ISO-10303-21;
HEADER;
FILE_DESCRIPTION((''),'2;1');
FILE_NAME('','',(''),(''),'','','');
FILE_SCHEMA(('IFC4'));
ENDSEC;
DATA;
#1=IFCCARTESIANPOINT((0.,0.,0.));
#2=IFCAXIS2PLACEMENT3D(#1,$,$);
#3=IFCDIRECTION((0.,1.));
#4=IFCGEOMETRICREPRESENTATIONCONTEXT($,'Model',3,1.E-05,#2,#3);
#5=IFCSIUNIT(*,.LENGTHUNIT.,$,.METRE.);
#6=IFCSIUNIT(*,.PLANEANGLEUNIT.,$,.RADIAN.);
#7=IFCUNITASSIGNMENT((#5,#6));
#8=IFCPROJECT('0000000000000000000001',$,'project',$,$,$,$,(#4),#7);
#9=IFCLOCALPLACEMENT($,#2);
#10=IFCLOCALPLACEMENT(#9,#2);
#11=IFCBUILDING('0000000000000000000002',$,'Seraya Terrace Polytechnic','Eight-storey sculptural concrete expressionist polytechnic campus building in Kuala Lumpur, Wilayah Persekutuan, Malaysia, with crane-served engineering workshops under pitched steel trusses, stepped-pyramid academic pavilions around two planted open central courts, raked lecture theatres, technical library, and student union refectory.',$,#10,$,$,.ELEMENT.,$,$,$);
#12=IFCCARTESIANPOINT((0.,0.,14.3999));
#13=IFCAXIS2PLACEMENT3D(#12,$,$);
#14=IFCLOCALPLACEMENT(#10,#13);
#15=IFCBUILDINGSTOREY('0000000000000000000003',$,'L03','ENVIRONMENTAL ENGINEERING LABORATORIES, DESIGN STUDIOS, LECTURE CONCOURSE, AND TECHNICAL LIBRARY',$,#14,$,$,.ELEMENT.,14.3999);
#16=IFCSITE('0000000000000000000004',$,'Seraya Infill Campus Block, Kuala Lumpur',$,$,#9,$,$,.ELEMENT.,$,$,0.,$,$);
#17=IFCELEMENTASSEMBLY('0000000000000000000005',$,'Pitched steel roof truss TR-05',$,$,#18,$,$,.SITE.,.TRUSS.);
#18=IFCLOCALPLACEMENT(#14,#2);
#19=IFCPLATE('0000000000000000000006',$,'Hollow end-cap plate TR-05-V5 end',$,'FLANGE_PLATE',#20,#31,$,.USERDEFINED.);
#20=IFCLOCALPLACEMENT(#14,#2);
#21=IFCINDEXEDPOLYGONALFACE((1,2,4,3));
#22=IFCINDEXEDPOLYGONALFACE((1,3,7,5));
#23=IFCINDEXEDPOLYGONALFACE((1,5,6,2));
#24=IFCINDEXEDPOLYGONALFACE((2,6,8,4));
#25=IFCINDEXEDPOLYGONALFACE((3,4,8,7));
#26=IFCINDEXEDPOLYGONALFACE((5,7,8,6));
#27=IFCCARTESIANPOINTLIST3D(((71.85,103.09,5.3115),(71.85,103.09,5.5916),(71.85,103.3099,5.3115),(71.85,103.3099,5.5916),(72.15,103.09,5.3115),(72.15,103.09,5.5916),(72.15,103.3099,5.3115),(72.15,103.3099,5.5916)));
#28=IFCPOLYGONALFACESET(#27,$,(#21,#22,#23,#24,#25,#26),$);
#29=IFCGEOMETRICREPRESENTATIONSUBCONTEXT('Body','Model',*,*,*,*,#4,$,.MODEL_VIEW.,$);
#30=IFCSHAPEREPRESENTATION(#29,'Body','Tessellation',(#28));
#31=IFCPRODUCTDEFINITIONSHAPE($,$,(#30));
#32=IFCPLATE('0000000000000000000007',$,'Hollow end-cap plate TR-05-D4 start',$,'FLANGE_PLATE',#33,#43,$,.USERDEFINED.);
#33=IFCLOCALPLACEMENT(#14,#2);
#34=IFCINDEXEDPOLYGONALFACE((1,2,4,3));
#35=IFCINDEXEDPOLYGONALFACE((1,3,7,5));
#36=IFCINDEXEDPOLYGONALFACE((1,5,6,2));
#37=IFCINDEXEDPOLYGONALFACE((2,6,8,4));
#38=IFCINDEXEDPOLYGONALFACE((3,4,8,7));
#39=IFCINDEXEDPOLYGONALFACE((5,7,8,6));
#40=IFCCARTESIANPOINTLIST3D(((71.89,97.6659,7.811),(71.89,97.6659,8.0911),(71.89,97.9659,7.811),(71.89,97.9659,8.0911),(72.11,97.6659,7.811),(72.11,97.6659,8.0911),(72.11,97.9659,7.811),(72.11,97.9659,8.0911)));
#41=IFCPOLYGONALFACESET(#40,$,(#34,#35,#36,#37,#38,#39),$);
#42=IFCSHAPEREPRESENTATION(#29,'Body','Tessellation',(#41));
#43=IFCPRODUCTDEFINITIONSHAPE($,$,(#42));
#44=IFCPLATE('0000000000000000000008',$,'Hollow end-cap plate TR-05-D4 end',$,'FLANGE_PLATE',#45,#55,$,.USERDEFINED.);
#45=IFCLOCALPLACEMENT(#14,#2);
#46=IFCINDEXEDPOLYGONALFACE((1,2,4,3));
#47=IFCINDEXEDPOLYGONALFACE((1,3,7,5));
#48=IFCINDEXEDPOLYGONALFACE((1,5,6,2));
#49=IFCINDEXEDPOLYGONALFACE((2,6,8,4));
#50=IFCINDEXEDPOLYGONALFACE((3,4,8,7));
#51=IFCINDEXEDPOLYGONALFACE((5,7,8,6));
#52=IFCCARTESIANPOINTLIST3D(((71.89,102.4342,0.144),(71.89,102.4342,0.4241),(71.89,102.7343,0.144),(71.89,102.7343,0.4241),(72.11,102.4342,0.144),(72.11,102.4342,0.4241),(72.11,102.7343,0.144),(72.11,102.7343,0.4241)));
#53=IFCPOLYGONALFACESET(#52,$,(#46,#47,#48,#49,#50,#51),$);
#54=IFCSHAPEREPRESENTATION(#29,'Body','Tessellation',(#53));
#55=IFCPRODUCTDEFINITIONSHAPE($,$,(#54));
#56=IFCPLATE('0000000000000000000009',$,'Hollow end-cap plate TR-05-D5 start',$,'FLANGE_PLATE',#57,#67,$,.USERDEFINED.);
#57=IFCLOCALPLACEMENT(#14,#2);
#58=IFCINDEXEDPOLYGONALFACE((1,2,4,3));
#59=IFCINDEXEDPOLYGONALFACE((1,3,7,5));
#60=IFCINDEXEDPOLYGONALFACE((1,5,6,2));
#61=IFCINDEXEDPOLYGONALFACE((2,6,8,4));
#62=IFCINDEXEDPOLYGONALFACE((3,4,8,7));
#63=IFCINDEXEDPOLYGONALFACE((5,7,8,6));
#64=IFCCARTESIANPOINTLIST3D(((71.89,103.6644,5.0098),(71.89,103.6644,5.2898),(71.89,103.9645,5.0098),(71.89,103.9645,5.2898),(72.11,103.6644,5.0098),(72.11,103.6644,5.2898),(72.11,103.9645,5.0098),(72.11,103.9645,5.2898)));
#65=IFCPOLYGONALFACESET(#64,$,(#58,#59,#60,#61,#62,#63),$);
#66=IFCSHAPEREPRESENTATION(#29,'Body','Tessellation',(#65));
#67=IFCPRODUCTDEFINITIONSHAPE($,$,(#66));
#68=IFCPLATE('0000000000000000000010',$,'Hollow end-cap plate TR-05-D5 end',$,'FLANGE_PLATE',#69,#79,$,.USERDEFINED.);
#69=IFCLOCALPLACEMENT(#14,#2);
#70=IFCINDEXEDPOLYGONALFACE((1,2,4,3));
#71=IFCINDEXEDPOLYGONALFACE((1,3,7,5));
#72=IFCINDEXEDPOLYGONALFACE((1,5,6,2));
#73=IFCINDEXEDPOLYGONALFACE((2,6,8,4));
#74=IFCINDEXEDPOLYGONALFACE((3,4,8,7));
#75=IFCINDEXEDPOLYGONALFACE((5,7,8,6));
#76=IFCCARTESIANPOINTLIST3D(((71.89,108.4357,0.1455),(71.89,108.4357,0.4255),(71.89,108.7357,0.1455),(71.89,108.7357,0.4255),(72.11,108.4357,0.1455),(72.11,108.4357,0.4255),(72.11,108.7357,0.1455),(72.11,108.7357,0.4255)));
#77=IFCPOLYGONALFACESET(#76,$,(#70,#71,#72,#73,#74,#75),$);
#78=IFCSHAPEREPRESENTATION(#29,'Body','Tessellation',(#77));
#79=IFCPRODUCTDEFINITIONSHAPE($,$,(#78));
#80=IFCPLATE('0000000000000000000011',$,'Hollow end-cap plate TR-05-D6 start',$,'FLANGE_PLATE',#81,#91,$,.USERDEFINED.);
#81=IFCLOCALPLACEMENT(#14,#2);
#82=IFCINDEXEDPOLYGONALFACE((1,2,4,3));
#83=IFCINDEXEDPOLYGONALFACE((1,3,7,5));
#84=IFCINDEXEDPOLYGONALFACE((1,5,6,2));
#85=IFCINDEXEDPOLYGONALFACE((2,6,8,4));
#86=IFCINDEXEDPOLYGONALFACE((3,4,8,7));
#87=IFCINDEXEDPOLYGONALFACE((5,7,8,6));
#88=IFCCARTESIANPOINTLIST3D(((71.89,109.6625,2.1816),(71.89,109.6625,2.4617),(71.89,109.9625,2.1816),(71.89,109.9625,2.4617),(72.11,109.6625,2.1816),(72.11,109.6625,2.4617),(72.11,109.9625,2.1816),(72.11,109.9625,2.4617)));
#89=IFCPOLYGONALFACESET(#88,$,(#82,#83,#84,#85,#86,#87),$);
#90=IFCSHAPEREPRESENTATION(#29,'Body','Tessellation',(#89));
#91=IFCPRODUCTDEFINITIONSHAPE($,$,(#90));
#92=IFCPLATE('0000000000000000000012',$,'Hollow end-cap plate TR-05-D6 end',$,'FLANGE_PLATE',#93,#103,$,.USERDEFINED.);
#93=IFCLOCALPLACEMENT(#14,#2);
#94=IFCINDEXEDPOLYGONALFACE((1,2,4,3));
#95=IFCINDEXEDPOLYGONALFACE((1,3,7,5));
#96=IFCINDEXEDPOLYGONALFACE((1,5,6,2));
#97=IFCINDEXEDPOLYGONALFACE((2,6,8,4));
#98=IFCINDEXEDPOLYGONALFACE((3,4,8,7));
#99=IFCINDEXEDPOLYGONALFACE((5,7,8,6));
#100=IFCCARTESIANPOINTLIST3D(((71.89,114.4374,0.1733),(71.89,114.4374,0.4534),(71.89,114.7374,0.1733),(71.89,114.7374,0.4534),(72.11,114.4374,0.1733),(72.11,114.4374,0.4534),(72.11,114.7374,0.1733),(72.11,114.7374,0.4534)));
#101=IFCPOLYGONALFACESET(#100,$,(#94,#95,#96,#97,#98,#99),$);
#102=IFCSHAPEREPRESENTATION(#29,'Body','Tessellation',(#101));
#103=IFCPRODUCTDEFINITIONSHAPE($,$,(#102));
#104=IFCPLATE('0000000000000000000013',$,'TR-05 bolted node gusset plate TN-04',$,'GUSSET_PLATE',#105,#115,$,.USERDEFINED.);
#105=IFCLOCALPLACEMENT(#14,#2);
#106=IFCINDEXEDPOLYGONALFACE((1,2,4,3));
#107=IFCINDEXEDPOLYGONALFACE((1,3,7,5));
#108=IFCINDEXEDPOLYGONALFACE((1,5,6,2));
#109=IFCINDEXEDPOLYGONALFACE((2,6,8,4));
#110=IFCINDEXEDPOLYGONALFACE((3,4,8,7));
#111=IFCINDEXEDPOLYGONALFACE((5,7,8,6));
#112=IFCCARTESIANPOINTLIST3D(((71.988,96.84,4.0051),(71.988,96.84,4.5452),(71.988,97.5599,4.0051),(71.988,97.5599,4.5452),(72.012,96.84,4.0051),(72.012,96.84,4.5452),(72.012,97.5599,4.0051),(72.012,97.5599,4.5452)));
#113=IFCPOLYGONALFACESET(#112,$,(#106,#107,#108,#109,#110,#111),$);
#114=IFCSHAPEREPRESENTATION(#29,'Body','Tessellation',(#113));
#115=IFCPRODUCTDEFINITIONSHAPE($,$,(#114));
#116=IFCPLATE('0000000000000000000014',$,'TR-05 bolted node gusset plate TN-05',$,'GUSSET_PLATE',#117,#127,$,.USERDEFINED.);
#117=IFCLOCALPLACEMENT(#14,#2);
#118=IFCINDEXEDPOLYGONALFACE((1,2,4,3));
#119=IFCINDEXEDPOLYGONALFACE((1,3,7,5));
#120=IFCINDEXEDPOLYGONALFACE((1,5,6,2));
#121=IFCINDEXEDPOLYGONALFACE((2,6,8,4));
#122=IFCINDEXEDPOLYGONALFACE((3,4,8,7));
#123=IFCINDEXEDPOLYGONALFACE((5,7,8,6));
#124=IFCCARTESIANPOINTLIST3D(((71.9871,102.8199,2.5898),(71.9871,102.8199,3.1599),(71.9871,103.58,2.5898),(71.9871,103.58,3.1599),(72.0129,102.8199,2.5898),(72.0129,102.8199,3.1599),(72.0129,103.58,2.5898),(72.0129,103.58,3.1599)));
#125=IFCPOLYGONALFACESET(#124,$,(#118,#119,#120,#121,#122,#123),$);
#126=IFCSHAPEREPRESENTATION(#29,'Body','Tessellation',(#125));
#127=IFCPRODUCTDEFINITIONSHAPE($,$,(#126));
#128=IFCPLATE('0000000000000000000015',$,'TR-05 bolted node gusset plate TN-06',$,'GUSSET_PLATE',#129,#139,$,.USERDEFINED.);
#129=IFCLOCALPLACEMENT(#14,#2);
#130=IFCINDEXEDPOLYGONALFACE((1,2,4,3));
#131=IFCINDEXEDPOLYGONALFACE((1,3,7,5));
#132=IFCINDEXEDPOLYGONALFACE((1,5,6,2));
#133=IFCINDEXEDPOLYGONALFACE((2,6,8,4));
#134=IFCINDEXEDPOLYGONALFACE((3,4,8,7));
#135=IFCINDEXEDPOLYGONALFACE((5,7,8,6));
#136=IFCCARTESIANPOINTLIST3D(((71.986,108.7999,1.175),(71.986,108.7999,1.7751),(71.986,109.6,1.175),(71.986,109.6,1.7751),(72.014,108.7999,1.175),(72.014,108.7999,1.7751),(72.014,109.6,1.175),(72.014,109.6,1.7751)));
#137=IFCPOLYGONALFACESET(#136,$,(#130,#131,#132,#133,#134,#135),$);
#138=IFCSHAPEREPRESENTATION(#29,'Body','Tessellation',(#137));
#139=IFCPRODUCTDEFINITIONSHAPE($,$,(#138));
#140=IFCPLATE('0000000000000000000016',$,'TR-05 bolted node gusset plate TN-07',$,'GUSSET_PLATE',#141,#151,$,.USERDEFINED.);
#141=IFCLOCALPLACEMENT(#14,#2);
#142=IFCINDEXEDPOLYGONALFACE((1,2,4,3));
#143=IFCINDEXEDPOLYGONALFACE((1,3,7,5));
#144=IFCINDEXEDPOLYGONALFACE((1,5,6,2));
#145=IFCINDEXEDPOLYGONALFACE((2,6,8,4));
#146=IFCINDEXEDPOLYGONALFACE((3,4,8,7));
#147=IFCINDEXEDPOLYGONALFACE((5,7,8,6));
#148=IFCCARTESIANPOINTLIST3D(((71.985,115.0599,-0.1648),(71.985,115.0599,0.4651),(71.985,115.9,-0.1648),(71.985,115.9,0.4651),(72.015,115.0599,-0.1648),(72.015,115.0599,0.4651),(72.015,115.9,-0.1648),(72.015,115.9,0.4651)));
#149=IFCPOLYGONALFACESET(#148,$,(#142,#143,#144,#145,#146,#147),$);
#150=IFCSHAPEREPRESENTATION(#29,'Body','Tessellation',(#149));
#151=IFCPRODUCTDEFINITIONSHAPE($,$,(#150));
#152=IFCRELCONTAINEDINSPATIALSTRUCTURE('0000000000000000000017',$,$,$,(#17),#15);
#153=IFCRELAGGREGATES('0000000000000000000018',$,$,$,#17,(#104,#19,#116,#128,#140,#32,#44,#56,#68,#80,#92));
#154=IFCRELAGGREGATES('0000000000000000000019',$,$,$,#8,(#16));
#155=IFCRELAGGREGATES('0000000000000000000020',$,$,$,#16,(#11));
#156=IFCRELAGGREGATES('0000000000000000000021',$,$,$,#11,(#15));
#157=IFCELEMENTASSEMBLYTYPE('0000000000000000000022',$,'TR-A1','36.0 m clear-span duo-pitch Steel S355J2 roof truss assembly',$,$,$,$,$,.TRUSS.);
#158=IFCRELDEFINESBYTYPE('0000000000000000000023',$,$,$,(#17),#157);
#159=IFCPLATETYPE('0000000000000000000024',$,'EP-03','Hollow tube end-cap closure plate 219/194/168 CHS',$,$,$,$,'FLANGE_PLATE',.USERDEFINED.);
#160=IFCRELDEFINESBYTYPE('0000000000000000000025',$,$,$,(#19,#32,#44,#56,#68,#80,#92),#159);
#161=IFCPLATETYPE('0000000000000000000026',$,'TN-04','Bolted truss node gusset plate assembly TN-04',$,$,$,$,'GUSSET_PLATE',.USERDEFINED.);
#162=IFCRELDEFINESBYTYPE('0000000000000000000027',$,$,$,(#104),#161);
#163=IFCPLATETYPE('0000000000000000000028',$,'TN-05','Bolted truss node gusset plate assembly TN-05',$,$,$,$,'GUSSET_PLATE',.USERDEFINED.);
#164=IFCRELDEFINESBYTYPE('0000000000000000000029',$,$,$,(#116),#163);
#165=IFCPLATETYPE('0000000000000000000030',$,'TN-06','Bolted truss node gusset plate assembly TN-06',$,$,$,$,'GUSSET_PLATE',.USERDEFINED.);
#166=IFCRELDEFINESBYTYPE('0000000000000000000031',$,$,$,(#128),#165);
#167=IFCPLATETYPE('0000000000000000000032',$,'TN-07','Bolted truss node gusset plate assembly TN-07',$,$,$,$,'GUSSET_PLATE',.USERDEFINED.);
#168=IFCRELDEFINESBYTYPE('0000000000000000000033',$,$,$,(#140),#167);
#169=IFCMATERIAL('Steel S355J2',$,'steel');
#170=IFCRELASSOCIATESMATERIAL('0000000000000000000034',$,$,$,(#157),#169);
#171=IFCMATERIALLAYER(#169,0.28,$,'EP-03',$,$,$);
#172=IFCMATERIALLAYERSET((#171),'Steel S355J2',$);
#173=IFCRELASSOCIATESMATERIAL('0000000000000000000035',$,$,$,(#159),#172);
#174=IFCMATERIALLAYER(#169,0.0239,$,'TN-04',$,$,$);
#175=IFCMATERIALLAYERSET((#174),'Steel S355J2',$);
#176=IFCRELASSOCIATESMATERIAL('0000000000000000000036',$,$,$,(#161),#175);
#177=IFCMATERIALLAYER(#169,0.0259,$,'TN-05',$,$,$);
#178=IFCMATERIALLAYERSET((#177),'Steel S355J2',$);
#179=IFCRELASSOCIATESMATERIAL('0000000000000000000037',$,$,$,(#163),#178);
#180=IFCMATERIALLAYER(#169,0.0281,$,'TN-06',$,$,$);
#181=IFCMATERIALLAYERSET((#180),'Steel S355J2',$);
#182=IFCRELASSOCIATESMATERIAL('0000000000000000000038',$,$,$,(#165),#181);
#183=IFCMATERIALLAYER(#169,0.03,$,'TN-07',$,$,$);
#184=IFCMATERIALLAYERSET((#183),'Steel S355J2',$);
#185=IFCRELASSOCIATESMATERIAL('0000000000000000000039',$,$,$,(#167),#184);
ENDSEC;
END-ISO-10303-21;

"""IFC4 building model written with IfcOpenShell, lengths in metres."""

from ifc_helpers import new_model, si_unit, direction, frame, origin, origin_2d, place, context, subcontext, project, spatial, rectangle, extrude, material, layer, layer_set, type_object, element, aggregate, save


model = new_model("IFC4")

# Units and contexts
model_context = context("Model", 3, precision=1e-05, world=origin(), true_north=direction((0.0, 1.0)))
body_context = subcontext(model_context, "Body", "Model", "MODEL_VIEW")
ifc_project = project(units=[si_unit("LENGTHUNIT", "METRE"), si_unit("PLANEANGLEUNIT", "RADIAN")], contexts=[model_context])

# Site, building, storey
site_placement = place(None, origin())
site = spatial("IfcSite", under=ifc_project, at=site_placement, Name="Seraya Infill Campus Block, Kuala Lumpur", CompositionType="ELEMENT", RefElevation=0.0)
building_placement = place(site_placement, origin())
building = spatial("IfcBuilding", under=site, at=building_placement, Name="Seraya Terrace Polytechnic", Description="Eight-storey sculptural concrete expressionist polytechnic campus building in Kuala Lumpur, Wilayah Persekutuan, Malaysia, with crane-served engineering workshops under pitched steel trusses, stepped-pyramid academic pavilions around two planted open central courts, raked lecture theatres, technical library, and student union refectory.", CompositionType="ELEMENT")
storey_placement = place(building_placement, frame((0.0, 0.0, 14.3999)))
storey = spatial("IfcBuildingStorey", under=building, at=storey_placement, Name="L03", Description="ENVIRONMENTAL ENGINEERING LABORATORIES, DESIGN STUDIOS, LECTURE CONCOURSE, AND TECHNICAL LIBRARY", CompositionType="ELEMENT", Elevation=14.3999)

# Element assembly
ifc_material_1 = material(Name="Steel S355J2", Category="steel")
element_assembly_type = type_object("IfcElementAssemblyType", Name="TR-A1", Description="36.0 m clear-span duo-pitch Steel S355J2 roof truss assembly", PredefinedType="TRUSS", material=ifc_material_1)
assembly_placement = place(storey_placement, origin())
assembly = element("IfcElementAssembly", 1, at=assembly_placement, inside=storey, type_object=element_assembly_type, Name="Pitched steel roof truss TR-05", AssemblyPlace="SITE", PredefinedType="TRUSS")

# Plates
ifc_layer_1 = layer(ifc_material_1, 0.28, Name="EP-03")
ifc_layer_set_1 = layer_set([ifc_layer_1], Name="Steel S355J2")
plate_type_1 = type_object("IfcPlateType", Name="EP-03", Description="Hollow tube end-cap closure plate 219/194/168 CHS", ElementType="FLANGE_PLATE", PredefinedType="USERDEFINED", material=ifc_layer_set_1)
plate_1_placement = place(storey_placement, frame((72.0, 103.2, 5.3115), z_axis=(0.0, 0.0, 1.0), x_axis=(1.0, 0.0, 0.0)))
plate_1 = element("IfcPlate", 2, at=plate_1_placement, type_object=plate_type_1, Name="Hollow end-cap plate TR-05-V5 end", ObjectType="FLANGE_PLATE", PredefinedType="USERDEFINED", context=body_context, shape_type="SweptSolid", body=[
    extrude(rectangle(XDim=0.3, YDim=0.22, at=origin_2d()), origin(), (0.0, 0.0, 1.0), 0.28),
])
plate_2_placement = place(storey_placement, frame((72.0, 97.8159, 7.811), z_axis=(0.0, 0.0, 1.0), x_axis=(0.0, 1.0, 0.0)))
plate_2 = element("IfcPlate", 3, at=plate_2_placement, type_object=plate_type_1, Name="Hollow end-cap plate TR-05-D4 start", ObjectType="FLANGE_PLATE", PredefinedType="USERDEFINED", context=body_context, shape_type="SweptSolid", body=[
    extrude(rectangle(XDim=0.3, YDim=0.22, at=origin_2d()), origin(), (0.0, 0.0, 1.0), 0.28),
])
plate_3_placement = place(storey_placement, frame((72.0, 102.5842, 0.144), z_axis=(0.0, 0.0, 1.0), x_axis=(0.0, 1.0, 0.0)))
plate_3 = element("IfcPlate", 4, at=plate_3_placement, type_object=plate_type_1, Name="Hollow end-cap plate TR-05-D4 end", ObjectType="FLANGE_PLATE", PredefinedType="USERDEFINED", context=body_context, shape_type="SweptSolid", body=[
    extrude(rectangle(XDim=0.3, YDim=0.22, at=origin_2d()), origin(), (0.0, 0.0, 1.0), 0.28),
])
plate_4_placement = place(storey_placement, frame((72.0, 103.8145, 5.0098), z_axis=(0.0, 0.0, 1.0), x_axis=(0.0, 1.0, 0.0)))
plate_4 = element("IfcPlate", 5, at=plate_4_placement, type_object=plate_type_1, Name="Hollow end-cap plate TR-05-D5 start", ObjectType="FLANGE_PLATE", PredefinedType="USERDEFINED", context=body_context, shape_type="SweptSolid", body=[
    extrude(rectangle(XDim=0.3, YDim=0.22, at=origin_2d()), origin(), (0.0, 0.0, 1.0), 0.28),
])
plate_5_placement = place(storey_placement, frame((72.0, 108.5857, 0.1455), z_axis=(0.0, 0.0, 1.0), x_axis=(0.0, 1.0, 0.0)))
plate_5 = element("IfcPlate", 6, at=plate_5_placement, type_object=plate_type_1, Name="Hollow end-cap plate TR-05-D5 end", ObjectType="FLANGE_PLATE", PredefinedType="USERDEFINED", context=body_context, shape_type="SweptSolid", body=[
    extrude(rectangle(XDim=0.3, YDim=0.22, at=origin_2d()), origin(), (0.0, 0.0, 1.0), 0.28),
])
plate_6_placement = place(storey_placement, frame((72.0, 109.8125, 2.1816), z_axis=(0.0, 0.0, 1.0), x_axis=(0.0, 1.0, 0.0)))
plate_6 = element("IfcPlate", 7, at=plate_6_placement, type_object=plate_type_1, Name="Hollow end-cap plate TR-05-D6 start", ObjectType="FLANGE_PLATE", PredefinedType="USERDEFINED", context=body_context, shape_type="SweptSolid", body=[
    extrude(rectangle(XDim=0.3, YDim=0.22, at=origin_2d()), origin(), (0.0, 0.0, 1.0), 0.28),
])
plate_7_placement = place(storey_placement, frame((72.0, 114.5874, 0.1733), z_axis=(0.0, 0.0, 1.0), x_axis=(0.0, 1.0, 0.0)))
plate_7 = element("IfcPlate", 8, at=plate_7_placement, type_object=plate_type_1, Name="Hollow end-cap plate TR-05-D6 end", ObjectType="FLANGE_PLATE", PredefinedType="USERDEFINED", context=body_context, shape_type="SweptSolid", body=[
    extrude(rectangle(XDim=0.3, YDim=0.22, at=origin_2d()), origin(), (0.0, 0.0, 1.0), 0.28),
])
ifc_layer_2 = layer(ifc_material_1, 0.0239, Name="TN-04")
ifc_layer_set_2 = layer_set([ifc_layer_2], Name="Steel S355J2")
plate_type_2 = type_object("IfcPlateType", Name="TN-04", Description="Bolted truss node gusset plate assembly TN-04", ElementType="GUSSET_PLATE", PredefinedType="USERDEFINED", material=ifc_layer_set_2)
plate_8_placement = place(storey_placement, frame((72.0, 97.2, 4.0051), z_axis=(0.0, 0.0, 1.0), x_axis=(0.0, 1.0, 0.0)))
plate_8 = element("IfcPlate", 9, at=plate_8_placement, type_object=plate_type_2, Name="TR-05 bolted node gusset plate TN-04", ObjectType="GUSSET_PLATE", PredefinedType="USERDEFINED", context=body_context, shape_type="SweptSolid", body=[
    extrude(rectangle(XDim=0.72, YDim=0.0239, at=origin_2d()), origin(), (0.0, 0.0, 1.0), 0.54),
])
ifc_layer_3 = layer(ifc_material_1, 0.0259, Name="TN-05")
ifc_layer_set_3 = layer_set([ifc_layer_3], Name="Steel S355J2")
plate_type_3 = type_object("IfcPlateType", Name="TN-05", Description="Bolted truss node gusset plate assembly TN-05", ElementType="GUSSET_PLATE", PredefinedType="USERDEFINED", material=ifc_layer_set_3)
plate_9_placement = place(storey_placement, frame((72.0, 103.2, 2.5898), z_axis=(0.0, 0.0, 1.0), x_axis=(0.0, 1.0, 0.0)))
plate_9 = element("IfcPlate", 10, at=plate_9_placement, type_object=plate_type_3, Name="TR-05 bolted node gusset plate TN-05", ObjectType="GUSSET_PLATE", PredefinedType="USERDEFINED", context=body_context, shape_type="SweptSolid", body=[
    extrude(rectangle(XDim=0.76, YDim=0.0259, at=origin_2d()), origin(), (0.0, 0.0, 1.0), 0.5701),
])
ifc_layer_4 = layer(ifc_material_1, 0.0281, Name="TN-06")
ifc_layer_set_4 = layer_set([ifc_layer_4], Name="Steel S355J2")
plate_type_4 = type_object("IfcPlateType", Name="TN-06", Description="Bolted truss node gusset plate assembly TN-06", ElementType="GUSSET_PLATE", PredefinedType="USERDEFINED", material=ifc_layer_set_4)
plate_10_placement = place(storey_placement, frame((72.0, 109.2, 1.175), z_axis=(0.0, 0.0, 1.0), x_axis=(0.0, 1.0, 0.0)))
plate_10 = element("IfcPlate", 11, at=plate_10_placement, type_object=plate_type_4, Name="TR-05 bolted node gusset plate TN-06", ObjectType="GUSSET_PLATE", PredefinedType="USERDEFINED", context=body_context, shape_type="SweptSolid", body=[
    extrude(rectangle(XDim=0.8, YDim=0.0281, at=origin_2d()), origin(), (0.0, 0.0, 1.0), 0.6001),
])
ifc_layer_5 = layer(ifc_material_1, 0.03, Name="TN-07")
ifc_layer_set_5 = layer_set([ifc_layer_5], Name="Steel S355J2")
plate_type_5 = type_object("IfcPlateType", Name="TN-07", Description="Bolted truss node gusset plate assembly TN-07", ElementType="GUSSET_PLATE", PredefinedType="USERDEFINED", material=ifc_layer_set_5)
plate_11_placement = place(storey_placement, frame((72.0, 115.48, -0.1648), z_axis=(0.0, 0.0, 1.0), x_axis=(0.0, 1.0, 0.0)))
plate_11 = element("IfcPlate", 12, at=plate_11_placement, type_object=plate_type_5, Name="TR-05 bolted node gusset plate TN-07", ObjectType="GUSSET_PLATE", PredefinedType="USERDEFINED", context=body_context, shape_type="SweptSolid", body=[
    extrude(rectangle(XDim=0.8401, YDim=0.03, at=origin_2d()), origin(), (0.0, 0.0, 1.0), 0.6299),
])
aggregate(assembly, [plate_8, plate_1, plate_9, plate_10, plate_11, plate_2, plate_3, plate_4, plate_5, plate_6, plate_7])

save(model, "model.ifc")
